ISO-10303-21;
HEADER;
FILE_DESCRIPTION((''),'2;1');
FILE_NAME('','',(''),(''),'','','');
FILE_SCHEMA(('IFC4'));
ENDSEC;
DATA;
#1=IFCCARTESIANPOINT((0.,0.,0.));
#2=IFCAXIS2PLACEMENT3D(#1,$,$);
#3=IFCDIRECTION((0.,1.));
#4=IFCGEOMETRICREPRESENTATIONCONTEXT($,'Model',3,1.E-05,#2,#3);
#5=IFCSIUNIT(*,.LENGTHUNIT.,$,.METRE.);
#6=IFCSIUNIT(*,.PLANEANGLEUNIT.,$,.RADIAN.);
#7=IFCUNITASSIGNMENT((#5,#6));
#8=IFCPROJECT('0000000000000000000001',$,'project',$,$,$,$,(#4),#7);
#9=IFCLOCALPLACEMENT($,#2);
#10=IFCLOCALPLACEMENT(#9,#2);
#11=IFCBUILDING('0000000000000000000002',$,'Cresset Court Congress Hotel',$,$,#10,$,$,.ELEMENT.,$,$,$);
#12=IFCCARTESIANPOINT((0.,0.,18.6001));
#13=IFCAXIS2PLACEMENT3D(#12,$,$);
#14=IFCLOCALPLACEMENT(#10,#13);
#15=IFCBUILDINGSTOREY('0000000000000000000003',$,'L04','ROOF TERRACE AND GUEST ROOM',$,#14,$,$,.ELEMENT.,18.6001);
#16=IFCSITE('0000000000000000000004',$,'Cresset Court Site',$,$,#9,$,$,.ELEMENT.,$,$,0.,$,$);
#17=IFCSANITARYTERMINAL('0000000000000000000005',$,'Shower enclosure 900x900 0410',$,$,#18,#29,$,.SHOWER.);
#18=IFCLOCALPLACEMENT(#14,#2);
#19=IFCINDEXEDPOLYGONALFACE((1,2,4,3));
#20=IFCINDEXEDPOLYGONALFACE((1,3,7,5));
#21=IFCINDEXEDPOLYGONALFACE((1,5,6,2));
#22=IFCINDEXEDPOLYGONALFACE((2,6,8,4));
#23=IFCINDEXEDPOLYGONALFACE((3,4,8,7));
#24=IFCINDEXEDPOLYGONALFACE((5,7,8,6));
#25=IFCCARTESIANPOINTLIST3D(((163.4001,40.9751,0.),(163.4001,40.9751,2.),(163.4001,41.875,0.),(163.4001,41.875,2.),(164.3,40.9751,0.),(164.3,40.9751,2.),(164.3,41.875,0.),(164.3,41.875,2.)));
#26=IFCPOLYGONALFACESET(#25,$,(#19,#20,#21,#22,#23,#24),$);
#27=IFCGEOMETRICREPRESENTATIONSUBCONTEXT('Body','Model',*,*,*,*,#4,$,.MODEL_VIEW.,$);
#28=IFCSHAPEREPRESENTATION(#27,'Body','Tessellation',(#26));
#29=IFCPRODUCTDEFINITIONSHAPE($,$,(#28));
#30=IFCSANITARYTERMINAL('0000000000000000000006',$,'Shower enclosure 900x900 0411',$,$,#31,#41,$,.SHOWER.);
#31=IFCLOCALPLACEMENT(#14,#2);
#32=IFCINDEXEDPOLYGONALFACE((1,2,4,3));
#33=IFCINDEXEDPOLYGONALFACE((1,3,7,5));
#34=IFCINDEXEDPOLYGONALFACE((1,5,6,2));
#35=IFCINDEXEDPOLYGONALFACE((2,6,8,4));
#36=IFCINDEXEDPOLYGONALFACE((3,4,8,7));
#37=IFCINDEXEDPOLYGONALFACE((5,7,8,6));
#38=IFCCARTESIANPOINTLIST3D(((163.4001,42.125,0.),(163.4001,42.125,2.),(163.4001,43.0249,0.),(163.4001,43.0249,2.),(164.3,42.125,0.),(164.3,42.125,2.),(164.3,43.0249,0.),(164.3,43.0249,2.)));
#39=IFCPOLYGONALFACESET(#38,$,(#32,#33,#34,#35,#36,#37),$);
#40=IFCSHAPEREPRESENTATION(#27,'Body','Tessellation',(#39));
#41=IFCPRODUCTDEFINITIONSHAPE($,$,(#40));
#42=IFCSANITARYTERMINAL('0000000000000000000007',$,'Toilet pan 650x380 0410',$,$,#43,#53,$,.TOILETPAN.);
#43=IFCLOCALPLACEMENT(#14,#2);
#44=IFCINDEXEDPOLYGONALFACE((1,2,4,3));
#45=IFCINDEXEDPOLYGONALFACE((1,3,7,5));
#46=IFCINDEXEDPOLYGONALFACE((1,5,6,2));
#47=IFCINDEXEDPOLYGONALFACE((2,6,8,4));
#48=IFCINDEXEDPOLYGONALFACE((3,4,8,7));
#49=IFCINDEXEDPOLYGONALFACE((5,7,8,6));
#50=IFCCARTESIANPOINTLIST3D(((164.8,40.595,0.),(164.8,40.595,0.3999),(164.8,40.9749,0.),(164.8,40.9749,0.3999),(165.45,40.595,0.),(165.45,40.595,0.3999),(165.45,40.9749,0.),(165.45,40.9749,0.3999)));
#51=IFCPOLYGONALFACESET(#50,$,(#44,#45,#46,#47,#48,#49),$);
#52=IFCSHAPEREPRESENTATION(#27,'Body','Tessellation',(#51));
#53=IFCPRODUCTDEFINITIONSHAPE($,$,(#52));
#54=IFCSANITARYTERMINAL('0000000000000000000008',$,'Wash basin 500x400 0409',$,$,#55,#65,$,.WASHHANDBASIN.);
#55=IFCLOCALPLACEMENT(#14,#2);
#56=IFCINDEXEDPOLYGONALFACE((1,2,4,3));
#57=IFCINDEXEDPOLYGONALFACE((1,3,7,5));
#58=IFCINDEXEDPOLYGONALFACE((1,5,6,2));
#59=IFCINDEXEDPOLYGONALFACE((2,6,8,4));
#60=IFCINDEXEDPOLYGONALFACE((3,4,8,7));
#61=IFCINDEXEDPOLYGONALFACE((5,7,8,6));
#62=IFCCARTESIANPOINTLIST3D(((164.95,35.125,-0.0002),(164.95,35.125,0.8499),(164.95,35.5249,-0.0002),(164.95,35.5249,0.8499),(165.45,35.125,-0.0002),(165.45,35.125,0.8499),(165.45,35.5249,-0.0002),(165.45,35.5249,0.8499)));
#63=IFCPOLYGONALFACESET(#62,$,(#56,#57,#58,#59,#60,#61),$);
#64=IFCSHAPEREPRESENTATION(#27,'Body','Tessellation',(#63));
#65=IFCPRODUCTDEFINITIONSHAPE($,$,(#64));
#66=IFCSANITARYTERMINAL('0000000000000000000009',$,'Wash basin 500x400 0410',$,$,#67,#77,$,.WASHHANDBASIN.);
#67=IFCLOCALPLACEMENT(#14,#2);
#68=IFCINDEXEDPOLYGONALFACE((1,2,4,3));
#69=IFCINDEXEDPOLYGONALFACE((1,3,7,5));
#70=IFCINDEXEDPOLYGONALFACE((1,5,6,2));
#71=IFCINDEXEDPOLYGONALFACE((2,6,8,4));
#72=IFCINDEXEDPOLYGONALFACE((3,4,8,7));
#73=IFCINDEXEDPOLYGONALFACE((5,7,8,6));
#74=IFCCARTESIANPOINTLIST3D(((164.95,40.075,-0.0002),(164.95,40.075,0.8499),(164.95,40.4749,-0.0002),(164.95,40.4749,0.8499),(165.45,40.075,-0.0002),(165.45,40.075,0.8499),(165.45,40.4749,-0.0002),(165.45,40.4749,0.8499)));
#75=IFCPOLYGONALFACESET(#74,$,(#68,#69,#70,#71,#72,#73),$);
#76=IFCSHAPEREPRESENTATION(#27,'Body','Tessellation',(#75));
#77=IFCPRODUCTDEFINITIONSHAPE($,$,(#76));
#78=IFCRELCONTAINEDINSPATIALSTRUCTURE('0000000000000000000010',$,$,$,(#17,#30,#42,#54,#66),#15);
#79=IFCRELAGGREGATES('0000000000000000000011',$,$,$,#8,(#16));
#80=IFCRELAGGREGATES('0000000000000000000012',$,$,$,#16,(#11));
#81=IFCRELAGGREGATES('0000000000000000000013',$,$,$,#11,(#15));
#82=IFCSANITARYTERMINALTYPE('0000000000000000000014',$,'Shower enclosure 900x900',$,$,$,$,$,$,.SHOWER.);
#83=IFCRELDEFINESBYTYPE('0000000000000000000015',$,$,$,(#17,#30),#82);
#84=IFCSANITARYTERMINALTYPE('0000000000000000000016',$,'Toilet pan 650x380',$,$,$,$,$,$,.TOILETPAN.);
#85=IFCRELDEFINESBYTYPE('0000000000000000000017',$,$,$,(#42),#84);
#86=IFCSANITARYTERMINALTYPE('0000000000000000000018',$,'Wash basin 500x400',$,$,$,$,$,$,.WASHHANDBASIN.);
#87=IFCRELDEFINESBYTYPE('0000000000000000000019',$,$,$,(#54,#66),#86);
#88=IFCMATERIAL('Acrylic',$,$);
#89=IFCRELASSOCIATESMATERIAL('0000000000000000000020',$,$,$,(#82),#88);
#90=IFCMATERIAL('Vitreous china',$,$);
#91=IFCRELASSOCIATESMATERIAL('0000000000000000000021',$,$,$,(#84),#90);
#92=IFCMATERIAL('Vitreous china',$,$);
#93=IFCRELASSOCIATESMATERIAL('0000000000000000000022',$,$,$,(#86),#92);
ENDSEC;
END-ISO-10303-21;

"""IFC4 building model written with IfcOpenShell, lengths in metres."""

from ifc_helpers import new_model, si_unit, direction, frame, origin, origin_2d, place, context, subcontext, project, spatial, rectangle, extrude, material, type_object, element, save


model = new_model("IFC4")

# Units and contexts
model_context = context("Model", 3, precision=1e-05, world=origin(), true_north=direction((0.0, 1.0)))
body_context = subcontext(model_context, "Body", "Model", "MODEL_VIEW")
ifc_project = project(units=[si_unit("LENGTHUNIT", "METRE"), si_unit("PLANEANGLEUNIT", "RADIAN")], contexts=[model_context])

# Site, building, storey
site_placement = place(None, origin())
site = spatial("IfcSite", under=ifc_project, at=site_placement, Name="Cresset Court Site", CompositionType="ELEMENT", RefElevation=0.0)
building_placement = place(site_placement, origin())
building = spatial("IfcBuilding", under=site, at=building_placement, Name="Cresset Court Congress Hotel", CompositionType="ELEMENT")
storey_placement = place(building_placement, frame((0.0, 0.0, 18.6001)))
storey = spatial("IfcBuildingStorey", under=building, at=storey_placement, Name="L04", Description="ROOF TERRACE AND GUEST ROOM", CompositionType="ELEMENT", Elevation=18.6001)

# Sanitary terminals
ifc_material_1 = material(Name="Acrylic")
sanitary_terminal_type_1 = type_object("IfcSanitaryTerminalType", Name="Shower enclosure 900x900", PredefinedType="SHOWER", material=ifc_material_1)
for number, where, z_axis, x_axis, name in (
    (1, (163.8501, 41.425, 0.0), (0.0, 0.0, 1.0), (1.0, 0.0, 0.0), "Shower enclosure 900x900 0410"),
    (2, (163.8501, 42.575, 0.0), (0.0, 0.0, 1.0), (1.0, 0.0, 0.0), "Shower enclosure 900x900 0411"),
):
    element("IfcSanitaryTerminal", number, at=place(storey_placement, frame(where, z_axis=z_axis, x_axis=x_axis)), inside=storey, type_object=sanitary_terminal_type_1, Name=name, PredefinedType="SHOWER", context=body_context, shape_type="SweptSolid", body=[
        extrude(rectangle(XDim=0.8999, YDim=0.8999, at=origin_2d()), origin(), (0.0, 0.0, 1.0), 2.0),
    ])
ifc_material_2 = material(Name="Vitreous china")
sanitary_terminal_type_2 = type_object("IfcSanitaryTerminalType", Name="Toilet pan 650x380", PredefinedType="TOILETPAN", material=ifc_material_2)
sanitary_terminal_placement = place(storey_placement, frame((165.125, 40.7849, 0.0), z_axis=(0.0, 0.0, 1.0), x_axis=(1.0, 0.0, 0.0)))
element("IfcSanitaryTerminal", 3, at=sanitary_terminal_placement, inside=storey, type_object=sanitary_terminal_type_2, Name="Toilet pan 650x380 0410", PredefinedType="TOILETPAN", context=body_context, shape_type="SweptSolid", body=[
    extrude(rectangle(XDim=0.6499, YDim=0.3799, at=origin_2d()), origin(), (0.0, 0.0, 1.0), 0.3999),
])
ifc_material_3 = material(Name="Vitreous china")
sanitary_terminal_type_3 = type_object("IfcSanitaryTerminalType", Name="Wash basin 500x400", PredefinedType="WASHHANDBASIN", material=ifc_material_3)
for number, where, z_axis, x_axis, name in (
    (4, (165.2, 35.325, -0.0002), (0.0, 0.0, 1.0), (1.0, 0.0, 0.0), "Wash basin 500x400 0409"),
    (5, (165.2, 40.2749, -0.0002), (0.0, 0.0, 1.0), (1.0, 0.0, 0.0), "Wash basin 500x400 0410"),
):
    element("IfcSanitaryTerminal", number, at=place(storey_placement, frame(where, z_axis=z_axis, x_axis=x_axis)), inside=storey, type_object=sanitary_terminal_type_3, Name=name, PredefinedType="WASHHANDBASIN", context=body_context, shape_type="SweptSolid", body=[
        extrude(rectangle(XDim=0.5, YDim=0.3999, at=origin_2d()), origin(), (0.0, 0.0, 1.0), 0.8501),
    ])

save(model, "model.ifc")
